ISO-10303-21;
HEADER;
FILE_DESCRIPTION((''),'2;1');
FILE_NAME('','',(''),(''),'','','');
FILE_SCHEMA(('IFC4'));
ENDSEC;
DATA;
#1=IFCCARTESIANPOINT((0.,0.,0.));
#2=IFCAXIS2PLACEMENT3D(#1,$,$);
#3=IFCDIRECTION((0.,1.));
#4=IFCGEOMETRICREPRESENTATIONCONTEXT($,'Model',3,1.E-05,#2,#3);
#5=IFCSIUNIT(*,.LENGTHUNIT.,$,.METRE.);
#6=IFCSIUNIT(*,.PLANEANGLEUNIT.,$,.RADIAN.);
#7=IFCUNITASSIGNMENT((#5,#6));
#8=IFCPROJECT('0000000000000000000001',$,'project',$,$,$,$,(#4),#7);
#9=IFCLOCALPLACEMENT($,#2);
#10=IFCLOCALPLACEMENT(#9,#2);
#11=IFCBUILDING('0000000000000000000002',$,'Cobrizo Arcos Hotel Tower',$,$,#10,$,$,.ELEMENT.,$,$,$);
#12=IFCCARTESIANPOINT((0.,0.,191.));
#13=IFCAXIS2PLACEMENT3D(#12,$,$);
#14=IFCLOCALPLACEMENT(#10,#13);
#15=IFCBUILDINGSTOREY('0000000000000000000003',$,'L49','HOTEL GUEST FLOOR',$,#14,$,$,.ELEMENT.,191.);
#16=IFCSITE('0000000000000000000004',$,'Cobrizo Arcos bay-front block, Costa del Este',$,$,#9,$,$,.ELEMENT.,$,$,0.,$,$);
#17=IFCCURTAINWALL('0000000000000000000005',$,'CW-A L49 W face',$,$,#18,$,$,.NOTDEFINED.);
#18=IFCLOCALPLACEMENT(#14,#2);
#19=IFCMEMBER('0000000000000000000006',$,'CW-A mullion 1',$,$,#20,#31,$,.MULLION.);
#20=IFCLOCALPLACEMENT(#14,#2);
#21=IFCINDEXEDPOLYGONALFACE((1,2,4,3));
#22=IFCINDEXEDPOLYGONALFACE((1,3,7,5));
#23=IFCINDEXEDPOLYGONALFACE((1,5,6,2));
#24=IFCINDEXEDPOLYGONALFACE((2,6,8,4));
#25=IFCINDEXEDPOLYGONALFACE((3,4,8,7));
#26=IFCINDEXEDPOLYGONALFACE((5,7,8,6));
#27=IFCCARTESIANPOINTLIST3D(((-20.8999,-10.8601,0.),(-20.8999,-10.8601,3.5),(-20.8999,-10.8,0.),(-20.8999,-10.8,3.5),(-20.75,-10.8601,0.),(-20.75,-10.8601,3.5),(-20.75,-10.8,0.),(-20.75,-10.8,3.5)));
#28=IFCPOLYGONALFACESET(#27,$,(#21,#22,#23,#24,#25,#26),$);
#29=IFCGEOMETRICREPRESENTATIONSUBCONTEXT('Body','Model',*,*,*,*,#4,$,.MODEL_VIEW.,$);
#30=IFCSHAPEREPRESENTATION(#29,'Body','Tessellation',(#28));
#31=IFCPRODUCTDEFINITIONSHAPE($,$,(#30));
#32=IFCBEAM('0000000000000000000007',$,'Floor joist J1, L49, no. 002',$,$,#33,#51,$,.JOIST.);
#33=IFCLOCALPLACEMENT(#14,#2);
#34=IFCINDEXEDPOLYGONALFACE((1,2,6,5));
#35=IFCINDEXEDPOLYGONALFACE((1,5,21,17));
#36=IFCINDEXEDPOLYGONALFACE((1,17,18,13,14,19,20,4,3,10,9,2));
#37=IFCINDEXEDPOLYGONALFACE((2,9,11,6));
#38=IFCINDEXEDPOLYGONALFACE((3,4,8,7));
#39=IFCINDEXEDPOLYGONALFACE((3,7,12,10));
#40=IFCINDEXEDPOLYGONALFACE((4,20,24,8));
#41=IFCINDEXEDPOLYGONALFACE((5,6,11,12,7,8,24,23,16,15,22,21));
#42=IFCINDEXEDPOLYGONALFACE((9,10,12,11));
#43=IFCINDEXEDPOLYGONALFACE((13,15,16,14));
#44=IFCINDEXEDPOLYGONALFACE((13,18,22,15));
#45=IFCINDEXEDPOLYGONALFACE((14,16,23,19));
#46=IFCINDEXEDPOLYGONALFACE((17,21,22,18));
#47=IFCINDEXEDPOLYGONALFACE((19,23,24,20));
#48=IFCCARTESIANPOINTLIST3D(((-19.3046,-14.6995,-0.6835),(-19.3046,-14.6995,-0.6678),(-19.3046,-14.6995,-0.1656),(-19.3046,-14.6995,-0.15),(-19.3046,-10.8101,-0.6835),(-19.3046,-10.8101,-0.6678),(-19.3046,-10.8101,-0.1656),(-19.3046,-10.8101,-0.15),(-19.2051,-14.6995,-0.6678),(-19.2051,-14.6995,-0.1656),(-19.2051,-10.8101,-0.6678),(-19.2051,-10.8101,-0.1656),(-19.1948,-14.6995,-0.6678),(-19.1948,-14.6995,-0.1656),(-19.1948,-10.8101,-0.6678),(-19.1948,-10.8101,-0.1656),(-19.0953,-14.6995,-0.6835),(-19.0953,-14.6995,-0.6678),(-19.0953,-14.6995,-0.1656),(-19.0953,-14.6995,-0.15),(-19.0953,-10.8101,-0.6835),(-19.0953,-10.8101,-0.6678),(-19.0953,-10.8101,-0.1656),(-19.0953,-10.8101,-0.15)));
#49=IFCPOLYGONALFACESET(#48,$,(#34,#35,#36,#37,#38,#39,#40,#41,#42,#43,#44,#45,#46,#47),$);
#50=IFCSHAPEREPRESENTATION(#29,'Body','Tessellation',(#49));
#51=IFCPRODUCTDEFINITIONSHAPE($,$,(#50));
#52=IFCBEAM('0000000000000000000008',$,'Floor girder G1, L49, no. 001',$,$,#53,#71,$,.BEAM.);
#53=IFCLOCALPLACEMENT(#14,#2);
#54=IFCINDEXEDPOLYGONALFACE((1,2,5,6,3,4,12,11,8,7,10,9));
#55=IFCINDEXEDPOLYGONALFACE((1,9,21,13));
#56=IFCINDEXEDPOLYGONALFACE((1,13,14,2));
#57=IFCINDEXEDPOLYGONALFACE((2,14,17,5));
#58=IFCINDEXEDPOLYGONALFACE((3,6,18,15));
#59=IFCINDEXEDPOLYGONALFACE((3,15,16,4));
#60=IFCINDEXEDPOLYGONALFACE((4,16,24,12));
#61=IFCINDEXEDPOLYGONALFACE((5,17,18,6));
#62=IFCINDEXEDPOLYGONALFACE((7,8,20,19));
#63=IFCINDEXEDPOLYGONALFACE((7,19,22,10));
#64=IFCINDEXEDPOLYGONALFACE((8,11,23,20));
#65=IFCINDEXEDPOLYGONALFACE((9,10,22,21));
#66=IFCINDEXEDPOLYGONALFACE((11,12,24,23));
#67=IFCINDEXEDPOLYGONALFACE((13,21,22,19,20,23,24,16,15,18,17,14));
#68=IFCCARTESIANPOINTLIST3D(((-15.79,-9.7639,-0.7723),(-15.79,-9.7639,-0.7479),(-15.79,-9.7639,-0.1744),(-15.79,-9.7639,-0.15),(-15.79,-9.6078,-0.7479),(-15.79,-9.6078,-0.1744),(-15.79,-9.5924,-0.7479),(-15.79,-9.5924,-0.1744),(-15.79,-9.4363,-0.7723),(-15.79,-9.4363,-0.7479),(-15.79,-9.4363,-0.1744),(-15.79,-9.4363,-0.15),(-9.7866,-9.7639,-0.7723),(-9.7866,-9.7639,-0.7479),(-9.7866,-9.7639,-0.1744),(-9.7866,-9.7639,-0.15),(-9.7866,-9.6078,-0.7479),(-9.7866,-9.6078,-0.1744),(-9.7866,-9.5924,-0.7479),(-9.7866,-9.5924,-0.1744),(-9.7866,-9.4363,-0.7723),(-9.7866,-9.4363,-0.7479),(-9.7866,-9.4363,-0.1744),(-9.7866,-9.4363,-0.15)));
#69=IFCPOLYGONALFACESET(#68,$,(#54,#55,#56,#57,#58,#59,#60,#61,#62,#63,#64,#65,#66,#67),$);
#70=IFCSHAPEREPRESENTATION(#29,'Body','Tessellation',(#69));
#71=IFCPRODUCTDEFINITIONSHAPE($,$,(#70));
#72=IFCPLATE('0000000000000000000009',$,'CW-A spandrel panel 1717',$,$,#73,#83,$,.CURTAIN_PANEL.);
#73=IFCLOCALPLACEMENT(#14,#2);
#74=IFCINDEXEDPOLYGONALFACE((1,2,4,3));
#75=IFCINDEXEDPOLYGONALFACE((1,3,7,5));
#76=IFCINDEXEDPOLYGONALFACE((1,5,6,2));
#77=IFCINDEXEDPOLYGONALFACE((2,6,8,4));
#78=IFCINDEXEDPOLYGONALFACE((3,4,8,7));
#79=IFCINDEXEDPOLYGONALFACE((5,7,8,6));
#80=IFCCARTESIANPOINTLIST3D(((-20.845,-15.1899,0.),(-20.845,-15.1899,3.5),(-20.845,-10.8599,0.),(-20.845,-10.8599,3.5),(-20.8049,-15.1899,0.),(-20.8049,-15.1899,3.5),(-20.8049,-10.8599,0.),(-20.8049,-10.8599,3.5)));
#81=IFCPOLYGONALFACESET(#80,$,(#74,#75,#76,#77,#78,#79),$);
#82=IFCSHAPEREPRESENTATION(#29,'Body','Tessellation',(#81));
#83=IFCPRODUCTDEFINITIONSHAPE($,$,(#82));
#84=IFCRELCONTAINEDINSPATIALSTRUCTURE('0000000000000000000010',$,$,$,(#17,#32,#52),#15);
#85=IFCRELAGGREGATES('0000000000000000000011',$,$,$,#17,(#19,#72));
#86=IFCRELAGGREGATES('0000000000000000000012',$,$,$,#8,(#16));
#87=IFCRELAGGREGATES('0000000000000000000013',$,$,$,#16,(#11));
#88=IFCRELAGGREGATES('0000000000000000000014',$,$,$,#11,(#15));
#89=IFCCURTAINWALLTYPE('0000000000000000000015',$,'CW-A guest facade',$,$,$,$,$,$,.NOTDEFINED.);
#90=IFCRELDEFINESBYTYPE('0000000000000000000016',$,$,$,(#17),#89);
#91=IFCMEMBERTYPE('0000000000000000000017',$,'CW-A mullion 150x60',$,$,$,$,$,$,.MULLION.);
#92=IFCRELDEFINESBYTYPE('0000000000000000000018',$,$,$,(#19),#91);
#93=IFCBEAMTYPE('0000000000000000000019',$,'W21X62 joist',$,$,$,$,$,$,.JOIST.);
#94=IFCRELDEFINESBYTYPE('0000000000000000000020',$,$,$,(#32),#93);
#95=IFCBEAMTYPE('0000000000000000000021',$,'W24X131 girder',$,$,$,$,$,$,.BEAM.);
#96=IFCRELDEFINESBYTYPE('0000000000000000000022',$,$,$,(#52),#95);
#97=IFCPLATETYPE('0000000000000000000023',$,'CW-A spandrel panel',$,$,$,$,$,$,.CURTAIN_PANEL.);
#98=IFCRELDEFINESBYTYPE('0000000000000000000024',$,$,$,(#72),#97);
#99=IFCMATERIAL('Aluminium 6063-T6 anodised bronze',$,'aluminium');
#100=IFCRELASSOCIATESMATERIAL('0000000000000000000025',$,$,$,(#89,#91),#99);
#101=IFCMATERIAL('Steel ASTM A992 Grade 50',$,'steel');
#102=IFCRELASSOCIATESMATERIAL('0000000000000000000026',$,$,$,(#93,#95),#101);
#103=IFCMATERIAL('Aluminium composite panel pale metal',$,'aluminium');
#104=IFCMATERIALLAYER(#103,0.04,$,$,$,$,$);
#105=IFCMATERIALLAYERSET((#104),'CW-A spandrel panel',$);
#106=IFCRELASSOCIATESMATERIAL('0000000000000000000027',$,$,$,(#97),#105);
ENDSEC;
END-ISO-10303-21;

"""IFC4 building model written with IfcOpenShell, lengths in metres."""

from ifc_helpers import new_model, si_unit, direction, frame, origin, origin_2d, place, context, subcontext, project, spatial, rectangle, i_section, extrude, material, layer, layer_set, material_profile, profile_set, type_object, element, aggregate, save


model = new_model("IFC4")

# Units and contexts
model_context = context("Model", 3, precision=1e-05, world=origin(), true_north=direction((0.0, 1.0)))
body_context = subcontext(model_context, "Body", "Model", "MODEL_VIEW")
ifc_project = project(units=[si_unit("LENGTHUNIT", "METRE"), si_unit("PLANEANGLEUNIT", "RADIAN")], contexts=[model_context])

# Site, building, storey
site_placement = place(None, origin())
site = spatial("IfcSite", under=ifc_project, at=site_placement, Name="Cobrizo Arcos bay-front block, Costa del Este", CompositionType="ELEMENT", RefElevation=0.0)
building_placement = place(site_placement, origin())
building = spatial("IfcBuilding", under=site, at=building_placement, Name="Cobrizo Arcos Hotel Tower", CompositionType="ELEMENT")
storey_placement = place(building_placement, frame((0.0, 0.0, 191.0)))
storey = spatial("IfcBuildingStorey", under=building, at=storey_placement, Name="L49", Description="HOTEL GUEST FLOOR", CompositionType="ELEMENT", Elevation=191.0)

# Curtain wall, member
ifc_material_1 = material(Name="Aluminium 6063-T6 anodised bronze", Category="aluminium")
curtain_wall_type = type_object("IfcCurtainWallType", Name="CW-A guest facade", PredefinedType="NOTDEFINED", material=ifc_material_1)
curtain_wall_placement = place(storey_placement, origin())
curtain_wall = element("IfcCurtainWall", 1, at=curtain_wall_placement, inside=storey, type_object=curtain_wall_type, Name="CW-A L49 W face", PredefinedType="NOTDEFINED")
ifc_material_profile_1 = material_profile(ifc_material_1, rectangle(XDim=0.1499, YDim=0.0601, at=origin_2d()), Name="CW-A mullion 150x60")
ifc_profile_set_1 = profile_set([ifc_material_profile_1], Name="Aluminium 6063-T6 anodised bronze")
member_type = type_object("IfcMemberType", Name="CW-A mullion 150x60", PredefinedType="MULLION", material=ifc_profile_set_1)
member_placement = place(storey_placement, frame((-20.825, -10.8301, 0.0), z_axis=(0.0, 0.0, 1.0), x_axis=(-1.0, 0.0, 0.0)))
member = element("IfcMember", 2, at=member_placement, type_object=member_type, Name="CW-A mullion 1", PredefinedType="MULLION", context=body_context, shape_type="SweptSolid", body=[
    extrude(rectangle(XDim=0.1499, YDim=0.0601, at=origin_2d()), origin(), (0.0, 0.0, 1.0), 3.5),
])

# Beams
ifc_material_2 = material(Name="Steel ASTM A992 Grade 50", Category="steel")
ifc_material_profile_2 = material_profile(ifc_material_2, i_section(OverallWidth=0.2092, OverallDepth=0.5334, WebThickness=0.0103, FlangeThickness=0.0156, at=origin_2d()), Name="W21X62")
ifc_profile_set_2 = profile_set([ifc_material_profile_2], Name="Steel ASTM A992 Grade 50")
beam_type_1 = type_object("IfcBeamType", Name="W21X62 joist", PredefinedType="JOIST", material=ifc_profile_set_2)
beam_1_placement = place(storey_placement, frame((-19.2, -14.6995, -0.4167), z_axis=(0.0, 1.0, 0.0), x_axis=(-1.0, 0.0, 0.0)))
element("IfcBeam", 3, at=beam_1_placement, inside=storey, type_object=beam_type_1, Name="Floor joist J1, L49, no. 002", PredefinedType="JOIST", context=body_context, shape_type="SweptSolid", body=[
    extrude(i_section(OverallWidth=0.2092, OverallDepth=0.5334, WebThickness=0.0103, FlangeThickness=0.0156, at=origin_2d()), origin(), (0.0, 0.0, 1.0), 3.8894),
])
ifc_material_profile_3 = material_profile(ifc_material_2, i_section(OverallWidth=0.3276, OverallDepth=0.6223, WebThickness=0.0154, FlangeThickness=0.0244, at=origin_2d()), Name="W24X131")
ifc_profile_set_3 = profile_set([ifc_material_profile_3], Name="Steel ASTM A992 Grade 50")
beam_type_2 = type_object("IfcBeamType", Name="W24X131 girder", PredefinedType="BEAM", material=ifc_profile_set_3)
beam_2_placement = place(storey_placement, frame((-15.79, -9.6001, -0.4612), z_axis=(1.0, 0.0, 0.0), x_axis=(0.0, 1.0, 0.0)))
element("IfcBeam", 4, at=beam_2_placement, inside=storey, type_object=beam_type_2, Name="Floor girder G1, L49, no. 001", PredefinedType="BEAM", context=body_context, shape_type="SweptSolid", body=[
    extrude(i_section(OverallWidth=0.3276, OverallDepth=0.6223, WebThickness=0.0154, FlangeThickness=0.0244, at=origin_2d()), origin(), (0.0, 0.0, 1.0), 6.0034),
])

# Plate
ifc_material_3 = material(Name="Aluminium composite panel pale metal", Category="aluminium")
ifc_layer_1 = layer(ifc_material_3, 0.04)
ifc_layer_set_1 = layer_set([ifc_layer_1], Name="CW-A spandrel panel")
plate_type = type_object("IfcPlateType", Name="CW-A spandrel panel", PredefinedType="CURTAIN_PANEL", material=ifc_layer_set_1)
plate_placement = place(storey_placement, frame((-20.825, -13.0249, 0.0), z_axis=(0.0, 0.0, 1.0), x_axis=(0.0, -1.0, 0.0)))
plate = element("IfcPlate", 5, at=plate_placement, type_object=plate_type, Name="CW-A spandrel panel 1717", PredefinedType="CURTAIN_PANEL", context=body_context, shape_type="SweptSolid", body=[
    extrude(rectangle(XDim=4.3301, YDim=0.04, at=origin_2d()), origin(), (0.0, 0.0, 1.0), 3.5),
])
aggregate(curtain_wall, [member, plate])

save(model, "model.ifc")
